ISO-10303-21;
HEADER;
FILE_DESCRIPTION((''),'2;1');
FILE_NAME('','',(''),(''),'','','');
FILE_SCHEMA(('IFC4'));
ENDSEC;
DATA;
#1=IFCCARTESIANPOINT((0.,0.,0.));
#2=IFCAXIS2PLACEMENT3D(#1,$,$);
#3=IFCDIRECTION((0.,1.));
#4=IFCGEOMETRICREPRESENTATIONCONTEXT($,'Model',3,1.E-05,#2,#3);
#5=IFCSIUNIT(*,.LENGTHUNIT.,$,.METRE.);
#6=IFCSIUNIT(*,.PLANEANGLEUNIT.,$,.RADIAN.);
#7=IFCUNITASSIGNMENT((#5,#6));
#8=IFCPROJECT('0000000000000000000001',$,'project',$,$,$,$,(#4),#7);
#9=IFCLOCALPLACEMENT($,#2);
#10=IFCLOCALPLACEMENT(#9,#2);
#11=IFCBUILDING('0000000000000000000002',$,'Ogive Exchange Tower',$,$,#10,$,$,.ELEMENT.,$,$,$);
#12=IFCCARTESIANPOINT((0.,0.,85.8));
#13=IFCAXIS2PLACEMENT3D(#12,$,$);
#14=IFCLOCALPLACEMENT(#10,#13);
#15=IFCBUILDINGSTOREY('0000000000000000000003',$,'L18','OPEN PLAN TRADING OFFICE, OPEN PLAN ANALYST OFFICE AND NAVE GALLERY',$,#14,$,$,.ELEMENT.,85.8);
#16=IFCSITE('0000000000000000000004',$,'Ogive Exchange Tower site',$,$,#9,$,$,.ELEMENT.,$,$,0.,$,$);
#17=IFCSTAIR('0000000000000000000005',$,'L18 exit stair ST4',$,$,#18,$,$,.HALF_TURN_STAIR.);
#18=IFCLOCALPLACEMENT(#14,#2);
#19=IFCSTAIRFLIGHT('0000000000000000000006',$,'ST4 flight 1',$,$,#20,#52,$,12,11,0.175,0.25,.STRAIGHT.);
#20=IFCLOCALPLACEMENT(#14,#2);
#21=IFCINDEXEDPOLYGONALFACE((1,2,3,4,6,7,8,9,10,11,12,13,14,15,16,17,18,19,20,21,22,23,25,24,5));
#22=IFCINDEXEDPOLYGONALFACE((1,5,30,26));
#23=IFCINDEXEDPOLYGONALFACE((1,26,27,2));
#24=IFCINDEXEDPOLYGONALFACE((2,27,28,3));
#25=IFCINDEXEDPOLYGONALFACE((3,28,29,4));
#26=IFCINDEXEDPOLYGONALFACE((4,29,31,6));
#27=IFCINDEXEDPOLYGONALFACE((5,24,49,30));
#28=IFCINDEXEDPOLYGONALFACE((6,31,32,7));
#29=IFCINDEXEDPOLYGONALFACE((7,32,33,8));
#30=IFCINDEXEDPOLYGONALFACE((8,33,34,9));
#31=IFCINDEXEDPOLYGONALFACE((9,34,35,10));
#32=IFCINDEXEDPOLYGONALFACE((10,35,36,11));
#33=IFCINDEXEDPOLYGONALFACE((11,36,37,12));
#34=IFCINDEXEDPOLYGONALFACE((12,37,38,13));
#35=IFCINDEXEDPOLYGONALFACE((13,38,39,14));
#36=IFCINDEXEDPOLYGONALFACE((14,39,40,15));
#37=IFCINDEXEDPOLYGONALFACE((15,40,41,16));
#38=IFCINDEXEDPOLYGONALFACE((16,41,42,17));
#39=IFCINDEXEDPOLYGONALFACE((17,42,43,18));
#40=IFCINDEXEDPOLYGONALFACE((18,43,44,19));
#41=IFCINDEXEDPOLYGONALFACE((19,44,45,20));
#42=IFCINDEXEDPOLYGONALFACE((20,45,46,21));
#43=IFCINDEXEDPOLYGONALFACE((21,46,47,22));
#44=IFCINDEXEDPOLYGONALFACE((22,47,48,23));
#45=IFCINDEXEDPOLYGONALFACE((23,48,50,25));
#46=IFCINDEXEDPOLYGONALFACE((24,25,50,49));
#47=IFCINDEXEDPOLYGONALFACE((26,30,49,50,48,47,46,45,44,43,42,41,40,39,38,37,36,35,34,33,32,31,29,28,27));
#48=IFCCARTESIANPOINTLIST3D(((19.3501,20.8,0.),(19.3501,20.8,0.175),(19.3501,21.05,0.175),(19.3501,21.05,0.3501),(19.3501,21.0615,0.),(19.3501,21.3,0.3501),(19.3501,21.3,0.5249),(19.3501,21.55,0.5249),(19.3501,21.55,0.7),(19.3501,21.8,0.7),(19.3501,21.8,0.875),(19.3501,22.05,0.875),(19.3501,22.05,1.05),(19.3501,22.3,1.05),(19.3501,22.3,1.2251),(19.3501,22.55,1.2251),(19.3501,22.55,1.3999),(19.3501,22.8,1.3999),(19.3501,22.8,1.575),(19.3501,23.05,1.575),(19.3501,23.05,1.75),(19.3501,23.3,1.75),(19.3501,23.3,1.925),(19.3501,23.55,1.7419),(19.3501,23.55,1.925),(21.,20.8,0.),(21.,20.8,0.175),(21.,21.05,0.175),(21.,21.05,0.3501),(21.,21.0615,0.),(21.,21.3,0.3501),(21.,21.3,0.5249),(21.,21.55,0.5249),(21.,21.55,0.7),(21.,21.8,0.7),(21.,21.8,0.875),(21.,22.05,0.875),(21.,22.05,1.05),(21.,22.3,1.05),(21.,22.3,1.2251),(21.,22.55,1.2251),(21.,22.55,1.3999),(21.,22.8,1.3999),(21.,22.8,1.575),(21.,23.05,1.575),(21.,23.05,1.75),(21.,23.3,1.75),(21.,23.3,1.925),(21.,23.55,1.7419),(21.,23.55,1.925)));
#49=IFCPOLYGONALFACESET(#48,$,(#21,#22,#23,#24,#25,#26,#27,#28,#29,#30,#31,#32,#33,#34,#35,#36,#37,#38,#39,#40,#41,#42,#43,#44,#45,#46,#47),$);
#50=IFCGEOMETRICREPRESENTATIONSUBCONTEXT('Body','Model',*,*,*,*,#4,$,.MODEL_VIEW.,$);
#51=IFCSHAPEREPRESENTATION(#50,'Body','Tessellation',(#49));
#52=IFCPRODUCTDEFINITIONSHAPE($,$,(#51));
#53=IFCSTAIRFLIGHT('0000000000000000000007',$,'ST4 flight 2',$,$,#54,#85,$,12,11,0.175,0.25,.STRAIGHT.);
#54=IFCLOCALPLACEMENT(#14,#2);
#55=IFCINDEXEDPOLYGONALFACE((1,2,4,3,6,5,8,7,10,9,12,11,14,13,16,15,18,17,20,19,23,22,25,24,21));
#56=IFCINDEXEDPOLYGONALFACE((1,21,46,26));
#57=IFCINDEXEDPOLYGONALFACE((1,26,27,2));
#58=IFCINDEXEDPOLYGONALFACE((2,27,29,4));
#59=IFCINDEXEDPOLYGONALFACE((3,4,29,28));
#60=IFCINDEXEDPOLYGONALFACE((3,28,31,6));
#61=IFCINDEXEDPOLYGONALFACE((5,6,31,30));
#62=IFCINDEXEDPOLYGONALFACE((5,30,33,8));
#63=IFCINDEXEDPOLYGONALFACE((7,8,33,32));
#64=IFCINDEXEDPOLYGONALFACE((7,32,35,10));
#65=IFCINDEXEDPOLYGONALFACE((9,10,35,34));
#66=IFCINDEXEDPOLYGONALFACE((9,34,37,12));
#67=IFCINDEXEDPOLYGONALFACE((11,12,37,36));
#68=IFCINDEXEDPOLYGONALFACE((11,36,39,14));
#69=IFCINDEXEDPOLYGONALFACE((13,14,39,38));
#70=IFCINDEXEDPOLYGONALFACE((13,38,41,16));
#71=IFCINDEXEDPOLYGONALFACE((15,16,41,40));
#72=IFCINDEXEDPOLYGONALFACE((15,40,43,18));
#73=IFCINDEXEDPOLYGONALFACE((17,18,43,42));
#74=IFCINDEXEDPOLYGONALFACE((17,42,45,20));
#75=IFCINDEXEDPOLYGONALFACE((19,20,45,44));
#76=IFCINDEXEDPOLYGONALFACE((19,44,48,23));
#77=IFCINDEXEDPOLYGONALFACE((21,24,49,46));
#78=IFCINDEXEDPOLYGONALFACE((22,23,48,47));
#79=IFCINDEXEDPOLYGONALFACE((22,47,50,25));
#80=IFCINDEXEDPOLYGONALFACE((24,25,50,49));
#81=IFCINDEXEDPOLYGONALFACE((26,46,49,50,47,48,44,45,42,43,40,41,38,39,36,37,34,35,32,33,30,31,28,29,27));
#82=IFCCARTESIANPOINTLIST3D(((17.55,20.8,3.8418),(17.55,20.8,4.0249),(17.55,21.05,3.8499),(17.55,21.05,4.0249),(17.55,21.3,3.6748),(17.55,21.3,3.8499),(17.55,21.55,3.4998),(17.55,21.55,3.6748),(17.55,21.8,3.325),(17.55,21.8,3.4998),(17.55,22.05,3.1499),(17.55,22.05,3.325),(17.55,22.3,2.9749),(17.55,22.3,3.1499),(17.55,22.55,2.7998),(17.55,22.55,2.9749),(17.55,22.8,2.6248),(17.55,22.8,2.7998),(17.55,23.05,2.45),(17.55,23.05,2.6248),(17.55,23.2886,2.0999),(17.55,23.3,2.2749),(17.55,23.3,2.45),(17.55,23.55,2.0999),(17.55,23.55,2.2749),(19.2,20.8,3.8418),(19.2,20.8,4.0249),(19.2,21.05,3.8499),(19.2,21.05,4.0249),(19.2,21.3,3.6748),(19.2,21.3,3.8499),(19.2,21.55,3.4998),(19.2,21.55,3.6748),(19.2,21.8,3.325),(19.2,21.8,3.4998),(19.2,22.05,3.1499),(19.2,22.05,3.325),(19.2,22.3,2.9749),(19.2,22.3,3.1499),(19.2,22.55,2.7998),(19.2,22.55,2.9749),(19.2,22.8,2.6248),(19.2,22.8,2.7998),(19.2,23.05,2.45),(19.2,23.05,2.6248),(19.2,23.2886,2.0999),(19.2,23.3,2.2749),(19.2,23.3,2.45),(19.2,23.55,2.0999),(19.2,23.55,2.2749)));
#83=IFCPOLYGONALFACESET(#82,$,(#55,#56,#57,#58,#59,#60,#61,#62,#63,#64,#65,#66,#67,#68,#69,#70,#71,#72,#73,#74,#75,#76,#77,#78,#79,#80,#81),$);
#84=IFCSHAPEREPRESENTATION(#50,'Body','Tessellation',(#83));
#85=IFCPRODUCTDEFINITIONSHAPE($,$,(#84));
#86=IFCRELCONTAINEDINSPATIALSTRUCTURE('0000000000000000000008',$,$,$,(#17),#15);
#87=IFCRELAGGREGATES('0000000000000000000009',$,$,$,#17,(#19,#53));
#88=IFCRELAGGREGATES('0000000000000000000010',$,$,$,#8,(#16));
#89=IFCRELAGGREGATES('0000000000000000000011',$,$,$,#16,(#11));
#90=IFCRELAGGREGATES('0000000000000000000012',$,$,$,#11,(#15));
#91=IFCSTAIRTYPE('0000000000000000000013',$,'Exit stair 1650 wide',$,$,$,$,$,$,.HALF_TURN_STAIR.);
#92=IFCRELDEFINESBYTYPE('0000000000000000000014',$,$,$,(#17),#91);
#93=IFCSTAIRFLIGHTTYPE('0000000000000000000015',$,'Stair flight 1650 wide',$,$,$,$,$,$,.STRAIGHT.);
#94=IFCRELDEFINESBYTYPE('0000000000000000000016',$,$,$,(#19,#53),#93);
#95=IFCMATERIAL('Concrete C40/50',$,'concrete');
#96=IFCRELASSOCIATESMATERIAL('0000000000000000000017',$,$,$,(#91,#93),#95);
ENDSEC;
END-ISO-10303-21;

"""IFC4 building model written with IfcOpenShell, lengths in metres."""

from ifc_helpers import new_model, si_unit, direction, frame, origin, place, context, subcontext, project, spatial, polyline, outline, extrude, material, type_object, element, aggregate, save


model = new_model("IFC4")

# Units and contexts
model_context = context("Model", 3, precision=1e-05, world=origin(), true_north=direction((0.0, 1.0)))
body_context = subcontext(model_context, "Body", "Model", "MODEL_VIEW")
ifc_project = project(units=[si_unit("LENGTHUNIT", "METRE"), si_unit("PLANEANGLEUNIT", "RADIAN")], contexts=[model_context])

# Site, building, storey
site_placement = place(None, origin())
site = spatial("IfcSite", under=ifc_project, at=site_placement, Name="Ogive Exchange Tower site", CompositionType="ELEMENT", RefElevation=0.0)
building_placement = place(site_placement, origin())
building = spatial("IfcBuilding", under=site, at=building_placement, Name="Ogive Exchange Tower", CompositionType="ELEMENT")
storey_placement = place(building_placement, frame((0.0, 0.0, 85.8)))
storey = spatial("IfcBuildingStorey", under=building, at=storey_placement, Name="L18", Description="OPEN PLAN TRADING OFFICE, OPEN PLAN ANALYST OFFICE AND NAVE GALLERY", CompositionType="ELEMENT", Elevation=85.8)

# Stair, stair flights
ifc_material_1 = material(Name="Concrete C40/50", Category="concrete")
stair_type = type_object("IfcStairType", Name="Exit stair 1650 wide", PredefinedType="HALF_TURN_STAIR", material=ifc_material_1)
stair_placement = place(storey_placement, origin())
stair = element("IfcStair", 1, at=stair_placement, inside=storey, type_object=stair_type, Name="L18 exit stair ST4", PredefinedType="HALF_TURN_STAIR")
stair_flight_type = type_object("IfcStairFlightType", Name="Stair flight 1650 wide", PredefinedType="STRAIGHT", material=ifc_material_1)
stair_flight_1_placement = place(storey_placement, frame((20.175, 20.8, 0.0), z_axis=(0.0, 0.0, 1.0), x_axis=(0.0, 1.0, 0.0)))
stair_flight_1 = element("IfcStairFlight", 2, at=stair_flight_1_placement, type_object=stair_flight_type, Name="ST4 flight 1", NumberOfRisers=12, NumberOfTreads=11, PredefinedType="STRAIGHT", RiserHeight=0.175, TreadLength=0.25, context=body_context, shape_type="SweptSolid", body=[
    extrude(outline(polyline([(0.0, 0.0), (0.0, 0.175), (0.25, 0.175), (0.25, 0.3501), (0.5, 0.3501), (0.5, 0.5249), (0.75, 0.5249), (0.75, 0.7), (1.0, 0.7), (1.0, 0.875), (1.25, 0.875), (1.25, 1.05), (1.5, 1.05), (1.5, 1.2251), (1.75, 1.2251), (1.75, 1.3999), (2.0, 1.3999), (2.0, 1.575), (2.25, 1.575), (2.25, 1.75), (2.5, 1.75), (2.5, 1.925), (2.75, 1.925), (2.75, 2.1001), (2.75, 1.7419), (0.2615, 0.0), (0.0, 0.0)])), frame((0.0, 0.825, 0.0), z_axis=(0.0, -1.0, 0.0), x_axis=(1.0, 0.0, 0.0)), (0.0, 0.0, 1.0), 1.6499),
])
stair_flight_2_placement = place(storey_placement, frame((18.375, 23.55, 2.0999), z_axis=(0.0, 0.0, 1.0), x_axis=(0.0, -1.0, 0.0)))
stair_flight_2 = element("IfcStairFlight", 3, at=stair_flight_2_placement, type_object=stair_flight_type, Name="ST4 flight 2", NumberOfRisers=12, NumberOfTreads=11, PredefinedType="STRAIGHT", RiserHeight=0.175, TreadLength=0.25, context=body_context, shape_type="SweptSolid", body=[
    extrude(outline(polyline([(0.0, 0.0), (0.0, 0.175), (0.25, 0.175), (0.25, 0.3501), (0.5, 0.3501), (0.5, 0.5249), (0.75, 0.5249), (0.75, 0.7), (1.0, 0.7), (1.0, 0.875), (1.25, 0.875), (1.25, 1.05), (1.5, 1.05), (1.5, 1.2251), (1.75, 1.2251), (1.75, 1.3999), (2.0, 1.3999), (2.0, 1.575), (2.25, 1.575), (2.25, 1.75), (2.5, 1.75), (2.5, 1.925), (2.75, 1.925), (2.75, 2.1001), (2.75, 1.7419), (0.2615, 0.0), (0.0, 0.0)])), frame((0.0, 0.825, 0.0), z_axis=(0.0, -1.0, 0.0), x_axis=(1.0, 0.0, 0.0)), (0.0, 0.0, 1.0), 1.6499),
])
aggregate(stair, [stair_flight_1, stair_flight_2])

save(model, "model.ifc")
